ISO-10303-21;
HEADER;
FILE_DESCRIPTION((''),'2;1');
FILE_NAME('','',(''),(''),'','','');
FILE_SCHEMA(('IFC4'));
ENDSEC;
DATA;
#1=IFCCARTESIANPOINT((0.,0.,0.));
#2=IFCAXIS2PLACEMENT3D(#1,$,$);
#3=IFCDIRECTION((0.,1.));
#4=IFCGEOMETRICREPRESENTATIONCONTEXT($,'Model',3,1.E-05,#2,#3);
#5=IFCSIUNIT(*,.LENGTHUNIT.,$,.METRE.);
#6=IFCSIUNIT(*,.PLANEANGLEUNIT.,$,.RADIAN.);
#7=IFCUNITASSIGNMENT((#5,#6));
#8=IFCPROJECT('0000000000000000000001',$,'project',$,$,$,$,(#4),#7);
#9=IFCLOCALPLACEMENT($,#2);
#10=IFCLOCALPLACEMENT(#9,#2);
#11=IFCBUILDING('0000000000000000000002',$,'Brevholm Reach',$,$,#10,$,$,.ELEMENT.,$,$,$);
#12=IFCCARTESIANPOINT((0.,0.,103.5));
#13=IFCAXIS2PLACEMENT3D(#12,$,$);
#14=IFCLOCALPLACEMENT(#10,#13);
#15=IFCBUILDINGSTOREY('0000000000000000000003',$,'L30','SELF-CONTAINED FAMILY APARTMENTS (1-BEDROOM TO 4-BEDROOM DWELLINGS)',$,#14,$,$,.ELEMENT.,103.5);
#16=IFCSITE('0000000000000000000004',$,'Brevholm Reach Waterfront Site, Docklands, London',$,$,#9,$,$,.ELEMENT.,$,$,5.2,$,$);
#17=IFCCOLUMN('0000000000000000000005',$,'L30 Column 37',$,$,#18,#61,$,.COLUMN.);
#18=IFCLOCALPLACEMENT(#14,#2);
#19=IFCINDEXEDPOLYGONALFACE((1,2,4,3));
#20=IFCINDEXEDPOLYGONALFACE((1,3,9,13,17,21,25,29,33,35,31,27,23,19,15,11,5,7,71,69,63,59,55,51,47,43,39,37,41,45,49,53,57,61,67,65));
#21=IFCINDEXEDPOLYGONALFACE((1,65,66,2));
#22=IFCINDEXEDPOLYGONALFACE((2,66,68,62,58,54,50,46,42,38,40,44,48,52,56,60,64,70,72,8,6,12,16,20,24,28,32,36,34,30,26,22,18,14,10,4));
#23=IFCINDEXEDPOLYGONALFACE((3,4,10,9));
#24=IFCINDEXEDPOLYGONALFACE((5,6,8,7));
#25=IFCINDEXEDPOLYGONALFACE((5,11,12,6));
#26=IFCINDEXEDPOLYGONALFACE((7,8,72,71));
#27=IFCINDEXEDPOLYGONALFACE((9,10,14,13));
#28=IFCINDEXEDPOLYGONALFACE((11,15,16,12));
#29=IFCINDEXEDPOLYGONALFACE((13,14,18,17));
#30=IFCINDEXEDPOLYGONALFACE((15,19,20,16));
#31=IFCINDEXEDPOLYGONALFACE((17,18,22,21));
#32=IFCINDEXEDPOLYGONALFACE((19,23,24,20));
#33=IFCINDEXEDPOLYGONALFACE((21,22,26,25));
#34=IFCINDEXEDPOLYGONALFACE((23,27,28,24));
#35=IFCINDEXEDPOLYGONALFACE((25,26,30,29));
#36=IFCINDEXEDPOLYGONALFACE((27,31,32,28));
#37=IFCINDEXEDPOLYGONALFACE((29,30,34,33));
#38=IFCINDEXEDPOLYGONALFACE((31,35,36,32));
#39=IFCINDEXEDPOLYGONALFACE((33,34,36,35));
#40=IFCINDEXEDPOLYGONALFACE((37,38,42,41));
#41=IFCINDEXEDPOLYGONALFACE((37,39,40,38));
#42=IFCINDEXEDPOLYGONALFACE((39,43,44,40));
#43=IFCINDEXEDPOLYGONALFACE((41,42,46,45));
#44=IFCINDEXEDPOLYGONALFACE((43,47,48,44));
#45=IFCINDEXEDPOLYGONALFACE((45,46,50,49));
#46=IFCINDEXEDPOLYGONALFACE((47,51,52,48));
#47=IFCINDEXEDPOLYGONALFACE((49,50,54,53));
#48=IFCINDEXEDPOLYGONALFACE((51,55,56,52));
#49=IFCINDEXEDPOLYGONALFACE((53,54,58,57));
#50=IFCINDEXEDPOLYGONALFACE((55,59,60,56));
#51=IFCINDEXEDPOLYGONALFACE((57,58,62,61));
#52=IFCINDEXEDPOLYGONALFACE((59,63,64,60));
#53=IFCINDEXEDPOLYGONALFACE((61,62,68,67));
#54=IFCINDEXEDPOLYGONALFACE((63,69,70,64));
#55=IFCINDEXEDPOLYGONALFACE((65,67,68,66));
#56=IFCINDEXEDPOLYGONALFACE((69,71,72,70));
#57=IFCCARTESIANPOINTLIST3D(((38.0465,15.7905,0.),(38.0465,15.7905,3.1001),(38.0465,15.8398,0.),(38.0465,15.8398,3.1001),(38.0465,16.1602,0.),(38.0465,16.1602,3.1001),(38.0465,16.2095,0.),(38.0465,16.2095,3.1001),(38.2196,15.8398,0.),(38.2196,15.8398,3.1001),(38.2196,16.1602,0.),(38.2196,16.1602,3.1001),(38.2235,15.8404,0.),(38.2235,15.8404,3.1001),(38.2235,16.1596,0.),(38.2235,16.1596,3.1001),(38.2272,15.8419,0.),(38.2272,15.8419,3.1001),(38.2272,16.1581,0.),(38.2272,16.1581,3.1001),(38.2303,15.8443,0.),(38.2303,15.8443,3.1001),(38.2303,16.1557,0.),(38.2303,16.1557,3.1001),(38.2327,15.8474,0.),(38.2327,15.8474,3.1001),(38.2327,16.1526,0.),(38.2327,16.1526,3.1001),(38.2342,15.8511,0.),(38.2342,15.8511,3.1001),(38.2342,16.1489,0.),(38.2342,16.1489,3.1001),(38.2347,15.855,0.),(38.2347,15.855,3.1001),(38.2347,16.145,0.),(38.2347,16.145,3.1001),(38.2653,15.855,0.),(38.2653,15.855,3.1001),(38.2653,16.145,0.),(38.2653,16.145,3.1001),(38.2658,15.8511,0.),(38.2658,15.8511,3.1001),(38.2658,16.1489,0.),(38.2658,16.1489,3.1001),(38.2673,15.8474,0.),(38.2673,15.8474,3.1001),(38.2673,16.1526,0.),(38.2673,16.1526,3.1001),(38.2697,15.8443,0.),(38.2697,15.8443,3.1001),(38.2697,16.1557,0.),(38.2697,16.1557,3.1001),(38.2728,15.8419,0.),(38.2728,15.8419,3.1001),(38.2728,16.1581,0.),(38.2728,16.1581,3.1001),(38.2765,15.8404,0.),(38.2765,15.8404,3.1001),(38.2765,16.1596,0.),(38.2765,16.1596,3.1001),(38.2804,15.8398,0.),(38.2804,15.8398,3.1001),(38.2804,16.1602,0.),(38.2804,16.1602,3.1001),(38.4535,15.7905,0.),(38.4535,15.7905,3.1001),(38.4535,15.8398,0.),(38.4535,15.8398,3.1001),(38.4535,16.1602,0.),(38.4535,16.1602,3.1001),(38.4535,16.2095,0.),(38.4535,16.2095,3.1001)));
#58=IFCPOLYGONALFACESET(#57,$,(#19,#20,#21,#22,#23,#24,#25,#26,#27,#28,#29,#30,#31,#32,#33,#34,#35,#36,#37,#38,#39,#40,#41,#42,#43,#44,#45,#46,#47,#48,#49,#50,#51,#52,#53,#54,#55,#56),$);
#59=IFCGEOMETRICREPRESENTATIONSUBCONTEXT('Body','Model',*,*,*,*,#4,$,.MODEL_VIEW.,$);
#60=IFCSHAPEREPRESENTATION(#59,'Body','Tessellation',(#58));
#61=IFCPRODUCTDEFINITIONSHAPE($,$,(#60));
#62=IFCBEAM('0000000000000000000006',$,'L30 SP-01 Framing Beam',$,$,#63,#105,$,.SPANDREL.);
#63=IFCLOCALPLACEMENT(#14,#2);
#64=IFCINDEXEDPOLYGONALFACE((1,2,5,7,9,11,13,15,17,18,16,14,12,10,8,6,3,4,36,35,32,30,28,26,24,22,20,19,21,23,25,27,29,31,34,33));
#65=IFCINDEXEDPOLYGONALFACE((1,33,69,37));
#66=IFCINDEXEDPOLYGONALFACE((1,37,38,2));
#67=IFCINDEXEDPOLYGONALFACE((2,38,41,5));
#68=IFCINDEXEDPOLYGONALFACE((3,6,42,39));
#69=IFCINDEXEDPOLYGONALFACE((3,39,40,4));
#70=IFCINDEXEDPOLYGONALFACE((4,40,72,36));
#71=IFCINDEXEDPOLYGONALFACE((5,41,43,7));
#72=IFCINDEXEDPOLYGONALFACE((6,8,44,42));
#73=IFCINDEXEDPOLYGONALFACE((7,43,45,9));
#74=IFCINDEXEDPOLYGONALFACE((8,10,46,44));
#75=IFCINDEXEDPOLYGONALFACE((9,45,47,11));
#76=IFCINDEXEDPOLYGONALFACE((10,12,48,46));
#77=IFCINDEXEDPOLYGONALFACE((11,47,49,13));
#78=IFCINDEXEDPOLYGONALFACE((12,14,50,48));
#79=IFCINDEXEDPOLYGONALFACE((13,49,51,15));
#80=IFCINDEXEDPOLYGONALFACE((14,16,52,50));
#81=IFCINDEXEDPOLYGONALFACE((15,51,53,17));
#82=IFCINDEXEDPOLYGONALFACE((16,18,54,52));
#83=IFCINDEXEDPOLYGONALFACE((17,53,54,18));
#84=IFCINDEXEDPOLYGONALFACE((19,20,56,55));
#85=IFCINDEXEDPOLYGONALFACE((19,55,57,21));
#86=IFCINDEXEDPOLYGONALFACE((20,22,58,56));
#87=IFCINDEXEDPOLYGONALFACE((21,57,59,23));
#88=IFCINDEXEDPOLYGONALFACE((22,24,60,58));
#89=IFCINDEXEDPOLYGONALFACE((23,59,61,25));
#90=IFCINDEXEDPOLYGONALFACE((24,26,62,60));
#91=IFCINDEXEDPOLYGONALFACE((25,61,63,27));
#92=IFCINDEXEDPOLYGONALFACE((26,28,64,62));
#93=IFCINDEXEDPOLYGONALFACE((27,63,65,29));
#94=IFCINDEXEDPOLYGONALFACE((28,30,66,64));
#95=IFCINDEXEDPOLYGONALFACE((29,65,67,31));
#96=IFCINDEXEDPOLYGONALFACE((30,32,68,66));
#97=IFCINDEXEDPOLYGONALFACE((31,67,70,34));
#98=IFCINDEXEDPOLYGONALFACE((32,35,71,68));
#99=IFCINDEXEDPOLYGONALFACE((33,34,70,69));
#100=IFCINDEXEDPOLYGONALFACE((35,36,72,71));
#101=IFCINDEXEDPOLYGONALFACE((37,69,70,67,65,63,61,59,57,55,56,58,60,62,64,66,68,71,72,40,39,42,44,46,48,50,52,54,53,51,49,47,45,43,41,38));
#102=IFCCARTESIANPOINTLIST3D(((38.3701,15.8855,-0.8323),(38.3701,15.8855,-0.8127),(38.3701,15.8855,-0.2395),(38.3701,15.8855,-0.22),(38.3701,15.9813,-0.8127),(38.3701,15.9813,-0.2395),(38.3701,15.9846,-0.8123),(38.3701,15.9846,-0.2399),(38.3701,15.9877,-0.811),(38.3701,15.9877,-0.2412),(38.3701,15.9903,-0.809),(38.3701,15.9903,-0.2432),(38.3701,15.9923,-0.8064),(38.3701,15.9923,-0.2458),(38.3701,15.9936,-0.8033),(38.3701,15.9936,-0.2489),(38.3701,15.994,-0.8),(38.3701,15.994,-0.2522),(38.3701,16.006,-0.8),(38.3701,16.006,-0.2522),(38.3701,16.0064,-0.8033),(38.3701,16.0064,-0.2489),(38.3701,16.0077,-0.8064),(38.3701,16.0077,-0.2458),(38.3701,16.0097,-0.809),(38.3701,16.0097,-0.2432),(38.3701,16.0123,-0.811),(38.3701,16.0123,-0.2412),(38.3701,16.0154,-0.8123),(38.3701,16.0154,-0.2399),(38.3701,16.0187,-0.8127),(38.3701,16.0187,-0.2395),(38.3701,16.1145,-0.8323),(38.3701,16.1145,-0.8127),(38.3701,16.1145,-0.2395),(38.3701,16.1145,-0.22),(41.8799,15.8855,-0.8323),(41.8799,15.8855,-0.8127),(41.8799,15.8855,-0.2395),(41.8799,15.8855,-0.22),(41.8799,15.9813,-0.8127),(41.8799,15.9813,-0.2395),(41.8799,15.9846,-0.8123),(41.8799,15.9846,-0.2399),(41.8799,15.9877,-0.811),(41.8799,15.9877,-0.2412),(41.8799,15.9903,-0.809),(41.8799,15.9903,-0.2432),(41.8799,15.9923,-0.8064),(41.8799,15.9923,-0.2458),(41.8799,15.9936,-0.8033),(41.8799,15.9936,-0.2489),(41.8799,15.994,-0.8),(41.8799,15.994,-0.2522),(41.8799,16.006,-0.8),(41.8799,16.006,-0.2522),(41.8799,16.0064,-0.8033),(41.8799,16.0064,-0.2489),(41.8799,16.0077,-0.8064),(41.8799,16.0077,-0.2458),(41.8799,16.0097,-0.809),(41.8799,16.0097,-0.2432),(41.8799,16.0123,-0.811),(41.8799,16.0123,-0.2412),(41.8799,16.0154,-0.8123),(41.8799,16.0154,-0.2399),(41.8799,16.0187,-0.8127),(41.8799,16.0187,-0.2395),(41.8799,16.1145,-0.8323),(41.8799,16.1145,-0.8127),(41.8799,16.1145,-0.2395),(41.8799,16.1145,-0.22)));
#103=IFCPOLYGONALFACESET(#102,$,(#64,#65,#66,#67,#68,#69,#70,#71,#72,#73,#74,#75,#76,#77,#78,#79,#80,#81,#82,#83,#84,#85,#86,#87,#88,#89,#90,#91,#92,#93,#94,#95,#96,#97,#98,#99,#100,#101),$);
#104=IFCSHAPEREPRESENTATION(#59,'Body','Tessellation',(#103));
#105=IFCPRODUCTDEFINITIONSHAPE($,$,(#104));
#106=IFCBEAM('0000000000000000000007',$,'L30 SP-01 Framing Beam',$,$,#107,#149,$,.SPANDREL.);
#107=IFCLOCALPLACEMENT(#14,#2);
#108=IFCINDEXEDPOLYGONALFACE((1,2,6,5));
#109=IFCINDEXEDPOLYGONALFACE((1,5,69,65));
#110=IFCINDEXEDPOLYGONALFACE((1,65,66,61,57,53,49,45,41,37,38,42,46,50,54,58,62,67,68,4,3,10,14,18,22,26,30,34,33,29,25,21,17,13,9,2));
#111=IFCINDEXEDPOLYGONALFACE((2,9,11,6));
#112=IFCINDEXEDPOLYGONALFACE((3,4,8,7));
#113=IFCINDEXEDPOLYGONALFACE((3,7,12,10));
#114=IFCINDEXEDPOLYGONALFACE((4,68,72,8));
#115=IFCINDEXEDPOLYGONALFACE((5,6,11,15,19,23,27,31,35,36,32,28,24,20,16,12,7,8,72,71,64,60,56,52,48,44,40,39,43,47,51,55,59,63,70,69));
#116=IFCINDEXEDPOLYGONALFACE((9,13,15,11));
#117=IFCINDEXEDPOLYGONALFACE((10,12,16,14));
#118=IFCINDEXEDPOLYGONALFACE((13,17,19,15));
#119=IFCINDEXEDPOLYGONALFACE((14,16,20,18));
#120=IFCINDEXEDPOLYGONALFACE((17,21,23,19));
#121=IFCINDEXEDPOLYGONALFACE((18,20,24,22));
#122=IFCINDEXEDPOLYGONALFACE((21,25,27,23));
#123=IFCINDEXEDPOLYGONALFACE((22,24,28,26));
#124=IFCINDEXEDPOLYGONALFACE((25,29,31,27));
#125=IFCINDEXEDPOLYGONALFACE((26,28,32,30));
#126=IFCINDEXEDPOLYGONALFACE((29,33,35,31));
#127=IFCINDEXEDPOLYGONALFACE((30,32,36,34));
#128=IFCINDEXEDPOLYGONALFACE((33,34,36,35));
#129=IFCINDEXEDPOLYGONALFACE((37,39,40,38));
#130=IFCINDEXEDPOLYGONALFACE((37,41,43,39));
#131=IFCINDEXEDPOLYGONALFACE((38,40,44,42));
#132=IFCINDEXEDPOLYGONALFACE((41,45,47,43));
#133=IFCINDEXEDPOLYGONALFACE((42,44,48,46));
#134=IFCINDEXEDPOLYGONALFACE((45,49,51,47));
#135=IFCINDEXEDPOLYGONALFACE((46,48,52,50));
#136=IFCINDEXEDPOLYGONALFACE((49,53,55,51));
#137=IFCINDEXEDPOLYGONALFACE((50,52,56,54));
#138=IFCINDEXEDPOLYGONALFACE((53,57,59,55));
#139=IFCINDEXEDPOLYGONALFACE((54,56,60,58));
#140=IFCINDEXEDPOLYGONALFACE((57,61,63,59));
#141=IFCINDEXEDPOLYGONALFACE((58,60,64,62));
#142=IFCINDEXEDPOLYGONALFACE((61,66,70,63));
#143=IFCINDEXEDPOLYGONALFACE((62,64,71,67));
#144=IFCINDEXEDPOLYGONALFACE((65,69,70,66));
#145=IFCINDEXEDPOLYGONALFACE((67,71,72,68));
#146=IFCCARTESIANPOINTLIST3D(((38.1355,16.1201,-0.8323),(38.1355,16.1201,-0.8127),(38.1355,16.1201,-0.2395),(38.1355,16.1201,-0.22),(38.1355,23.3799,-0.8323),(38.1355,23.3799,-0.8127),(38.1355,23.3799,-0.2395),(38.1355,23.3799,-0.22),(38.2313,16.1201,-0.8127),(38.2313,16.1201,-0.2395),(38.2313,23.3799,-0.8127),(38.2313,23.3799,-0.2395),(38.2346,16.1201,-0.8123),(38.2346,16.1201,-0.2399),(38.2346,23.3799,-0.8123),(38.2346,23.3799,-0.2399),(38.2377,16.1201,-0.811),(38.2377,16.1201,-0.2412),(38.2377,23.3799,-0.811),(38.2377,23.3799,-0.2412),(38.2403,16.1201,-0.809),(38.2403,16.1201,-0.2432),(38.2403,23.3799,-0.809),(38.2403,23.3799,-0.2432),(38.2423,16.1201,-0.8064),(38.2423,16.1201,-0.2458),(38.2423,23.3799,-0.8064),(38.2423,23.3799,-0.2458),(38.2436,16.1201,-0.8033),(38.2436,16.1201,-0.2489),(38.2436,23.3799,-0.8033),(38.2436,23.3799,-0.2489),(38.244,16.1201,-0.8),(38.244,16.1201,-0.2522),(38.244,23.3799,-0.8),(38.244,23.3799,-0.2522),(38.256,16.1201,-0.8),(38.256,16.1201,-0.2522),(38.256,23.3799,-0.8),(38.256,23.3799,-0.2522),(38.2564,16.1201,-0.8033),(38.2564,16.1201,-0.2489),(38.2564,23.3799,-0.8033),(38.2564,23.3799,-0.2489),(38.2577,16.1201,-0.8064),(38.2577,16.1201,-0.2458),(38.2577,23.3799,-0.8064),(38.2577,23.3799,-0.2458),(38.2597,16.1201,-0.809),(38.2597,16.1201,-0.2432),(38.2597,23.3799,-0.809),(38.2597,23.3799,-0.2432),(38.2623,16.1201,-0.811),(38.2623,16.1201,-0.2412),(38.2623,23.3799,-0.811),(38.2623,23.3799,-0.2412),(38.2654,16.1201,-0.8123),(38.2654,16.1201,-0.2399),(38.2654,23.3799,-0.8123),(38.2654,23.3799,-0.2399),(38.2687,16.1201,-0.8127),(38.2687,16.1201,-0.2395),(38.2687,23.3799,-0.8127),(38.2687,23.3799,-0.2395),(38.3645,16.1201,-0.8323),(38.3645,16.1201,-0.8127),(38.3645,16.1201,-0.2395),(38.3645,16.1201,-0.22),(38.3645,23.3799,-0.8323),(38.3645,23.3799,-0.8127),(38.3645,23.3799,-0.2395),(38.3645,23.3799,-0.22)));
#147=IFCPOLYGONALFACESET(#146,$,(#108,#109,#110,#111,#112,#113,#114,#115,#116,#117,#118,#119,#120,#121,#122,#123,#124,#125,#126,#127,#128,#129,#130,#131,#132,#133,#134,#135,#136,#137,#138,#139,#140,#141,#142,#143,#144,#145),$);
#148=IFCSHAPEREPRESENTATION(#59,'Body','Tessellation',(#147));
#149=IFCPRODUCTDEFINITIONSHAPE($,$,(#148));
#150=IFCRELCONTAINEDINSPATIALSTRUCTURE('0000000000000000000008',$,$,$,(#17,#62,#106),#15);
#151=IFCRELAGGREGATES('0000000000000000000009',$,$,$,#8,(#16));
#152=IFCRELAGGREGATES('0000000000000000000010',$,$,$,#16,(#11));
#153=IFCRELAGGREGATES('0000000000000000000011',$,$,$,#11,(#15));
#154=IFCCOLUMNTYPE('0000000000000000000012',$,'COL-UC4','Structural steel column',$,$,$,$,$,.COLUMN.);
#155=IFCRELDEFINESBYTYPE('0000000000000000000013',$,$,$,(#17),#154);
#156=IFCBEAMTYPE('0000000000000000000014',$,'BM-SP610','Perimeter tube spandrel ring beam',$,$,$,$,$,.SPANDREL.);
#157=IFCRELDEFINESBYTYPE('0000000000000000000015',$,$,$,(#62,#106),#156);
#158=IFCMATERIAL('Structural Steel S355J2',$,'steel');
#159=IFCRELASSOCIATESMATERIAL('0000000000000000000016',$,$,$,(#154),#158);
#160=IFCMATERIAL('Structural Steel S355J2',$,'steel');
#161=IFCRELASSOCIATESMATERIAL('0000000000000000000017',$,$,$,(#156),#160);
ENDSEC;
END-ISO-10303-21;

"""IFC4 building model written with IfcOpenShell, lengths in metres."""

from ifc_helpers import new_model, si_unit, direction, frame, origin, origin_2d, place, context, subcontext, project, spatial, i_section, extrude, material, material_profile, profile_set, type_object, element, save


model = new_model("IFC4")

# Units and contexts
model_context = context("Model", 3, precision=1e-05, world=origin(), true_north=direction((0.0, 1.0)))
body_context = subcontext(model_context, "Body", "Model", "MODEL_VIEW")
ifc_project = project(units=[si_unit("LENGTHUNIT", "METRE"), si_unit("PLANEANGLEUNIT", "RADIAN")], contexts=[model_context])

# Site, building, storey
site_placement = place(None, origin())
site = spatial("IfcSite", under=ifc_project, at=site_placement, Name="Brevholm Reach Waterfront Site, Docklands, London", CompositionType="ELEMENT", RefElevation=5.2)
building_placement = place(site_placement, origin())
building = spatial("IfcBuilding", under=site, at=building_placement, Name="Brevholm Reach", CompositionType="ELEMENT")
storey_placement = place(building_placement, frame((0.0, 0.0, 103.5)))
storey = spatial("IfcBuildingStorey", under=building, at=storey_placement, Name="L30", Description="SELF-CONTAINED FAMILY APARTMENTS (1-BEDROOM TO 4-BEDROOM DWELLINGS)", CompositionType="ELEMENT", Elevation=103.5)

# Column
ifc_material_1 = material(Name="Structural Steel S355J2", Category="steel")
ifc_material_profile_1 = material_profile(ifc_material_1, i_section(OverallWidth=0.407, OverallDepth=0.4189, WebThickness=0.0305, FlangeThickness=0.0493, FilletRadius=0.0151, at=origin_2d()), Name="UKC 356x406x393")
ifc_profile_set_1 = profile_set([ifc_material_profile_1], Name="Structural Steel S355J2")
column_type = type_object("IfcColumnType", Name="COL-UC4", Description="Structural steel column", PredefinedType="COLUMN", material=ifc_profile_set_1)
column_placement = place(storey_placement, frame((38.25, 16.0, 0.0), z_axis=(0.0, 0.0, 1.0), x_axis=(1.0, 0.0, 0.0)))
element("IfcColumn", 1, at=column_placement, inside=storey, type_object=column_type, Name="L30 Column 37", PredefinedType="COLUMN", context=body_context, shape_type="SweptSolid", body=[
    extrude(i_section(OverallWidth=0.407, OverallDepth=0.4189, WebThickness=0.0305, FlangeThickness=0.0493, FilletRadius=0.0151, at=origin_2d()), origin(), (0.0, 0.0, 1.0), 3.1001),
])

# Beams
ifc_material_2 = material(Name="Structural Steel S355J2", Category="steel")
ifc_material_profile_2 = material_profile(ifc_material_2, i_section(OverallWidth=0.229, OverallDepth=0.6123, WebThickness=0.012, FlangeThickness=0.0195, FilletRadius=0.0127, at=origin_2d()), Name="UKB 610x229x125")
ifc_profile_set_2 = profile_set([ifc_material_profile_2], Name="Structural Steel S355J2")
beam_type = type_object("IfcBeamType", Name="BM-SP610", Description="Perimeter tube spandrel ring beam", PredefinedType="SPANDREL", material=ifc_profile_set_2)
beam_1_placement = place(storey_placement, frame((38.3701, 16.0, -0.5261), z_axis=(1.0, 0.0, 0.0), x_axis=(0.0, 1.0, 0.0)))
element("IfcBeam", 2, at=beam_1_placement, inside=storey, type_object=beam_type, Name="L30 SP-01 Framing Beam", PredefinedType="SPANDREL", context=body_context, shape_type="SweptSolid", body=[
    extrude(i_section(OverallWidth=0.229, OverallDepth=0.6123, WebThickness=0.012, FlangeThickness=0.0195, FilletRadius=0.0127, at=origin_2d()), origin(), (0.0, 0.0, 1.0), 3.5098),
])
beam_2_placement = place(storey_placement, frame((38.25, 16.1201, -0.5261), z_axis=(0.0, 1.0, 0.0), x_axis=(-1.0, 0.0, 0.0)))
element("IfcBeam", 3, at=beam_2_placement, inside=storey, type_object=beam_type, Name="L30 SP-01 Framing Beam", PredefinedType="SPANDREL", context=body_context, shape_type="SweptSolid", body=[
    extrude(i_section(OverallWidth=0.229, OverallDepth=0.6123, WebThickness=0.012, FlangeThickness=0.0195, FilletRadius=0.0127, at=origin_2d()), origin(), (0.0, 0.0, 1.0), 7.2598),
])

save(model, "model.ifc")
